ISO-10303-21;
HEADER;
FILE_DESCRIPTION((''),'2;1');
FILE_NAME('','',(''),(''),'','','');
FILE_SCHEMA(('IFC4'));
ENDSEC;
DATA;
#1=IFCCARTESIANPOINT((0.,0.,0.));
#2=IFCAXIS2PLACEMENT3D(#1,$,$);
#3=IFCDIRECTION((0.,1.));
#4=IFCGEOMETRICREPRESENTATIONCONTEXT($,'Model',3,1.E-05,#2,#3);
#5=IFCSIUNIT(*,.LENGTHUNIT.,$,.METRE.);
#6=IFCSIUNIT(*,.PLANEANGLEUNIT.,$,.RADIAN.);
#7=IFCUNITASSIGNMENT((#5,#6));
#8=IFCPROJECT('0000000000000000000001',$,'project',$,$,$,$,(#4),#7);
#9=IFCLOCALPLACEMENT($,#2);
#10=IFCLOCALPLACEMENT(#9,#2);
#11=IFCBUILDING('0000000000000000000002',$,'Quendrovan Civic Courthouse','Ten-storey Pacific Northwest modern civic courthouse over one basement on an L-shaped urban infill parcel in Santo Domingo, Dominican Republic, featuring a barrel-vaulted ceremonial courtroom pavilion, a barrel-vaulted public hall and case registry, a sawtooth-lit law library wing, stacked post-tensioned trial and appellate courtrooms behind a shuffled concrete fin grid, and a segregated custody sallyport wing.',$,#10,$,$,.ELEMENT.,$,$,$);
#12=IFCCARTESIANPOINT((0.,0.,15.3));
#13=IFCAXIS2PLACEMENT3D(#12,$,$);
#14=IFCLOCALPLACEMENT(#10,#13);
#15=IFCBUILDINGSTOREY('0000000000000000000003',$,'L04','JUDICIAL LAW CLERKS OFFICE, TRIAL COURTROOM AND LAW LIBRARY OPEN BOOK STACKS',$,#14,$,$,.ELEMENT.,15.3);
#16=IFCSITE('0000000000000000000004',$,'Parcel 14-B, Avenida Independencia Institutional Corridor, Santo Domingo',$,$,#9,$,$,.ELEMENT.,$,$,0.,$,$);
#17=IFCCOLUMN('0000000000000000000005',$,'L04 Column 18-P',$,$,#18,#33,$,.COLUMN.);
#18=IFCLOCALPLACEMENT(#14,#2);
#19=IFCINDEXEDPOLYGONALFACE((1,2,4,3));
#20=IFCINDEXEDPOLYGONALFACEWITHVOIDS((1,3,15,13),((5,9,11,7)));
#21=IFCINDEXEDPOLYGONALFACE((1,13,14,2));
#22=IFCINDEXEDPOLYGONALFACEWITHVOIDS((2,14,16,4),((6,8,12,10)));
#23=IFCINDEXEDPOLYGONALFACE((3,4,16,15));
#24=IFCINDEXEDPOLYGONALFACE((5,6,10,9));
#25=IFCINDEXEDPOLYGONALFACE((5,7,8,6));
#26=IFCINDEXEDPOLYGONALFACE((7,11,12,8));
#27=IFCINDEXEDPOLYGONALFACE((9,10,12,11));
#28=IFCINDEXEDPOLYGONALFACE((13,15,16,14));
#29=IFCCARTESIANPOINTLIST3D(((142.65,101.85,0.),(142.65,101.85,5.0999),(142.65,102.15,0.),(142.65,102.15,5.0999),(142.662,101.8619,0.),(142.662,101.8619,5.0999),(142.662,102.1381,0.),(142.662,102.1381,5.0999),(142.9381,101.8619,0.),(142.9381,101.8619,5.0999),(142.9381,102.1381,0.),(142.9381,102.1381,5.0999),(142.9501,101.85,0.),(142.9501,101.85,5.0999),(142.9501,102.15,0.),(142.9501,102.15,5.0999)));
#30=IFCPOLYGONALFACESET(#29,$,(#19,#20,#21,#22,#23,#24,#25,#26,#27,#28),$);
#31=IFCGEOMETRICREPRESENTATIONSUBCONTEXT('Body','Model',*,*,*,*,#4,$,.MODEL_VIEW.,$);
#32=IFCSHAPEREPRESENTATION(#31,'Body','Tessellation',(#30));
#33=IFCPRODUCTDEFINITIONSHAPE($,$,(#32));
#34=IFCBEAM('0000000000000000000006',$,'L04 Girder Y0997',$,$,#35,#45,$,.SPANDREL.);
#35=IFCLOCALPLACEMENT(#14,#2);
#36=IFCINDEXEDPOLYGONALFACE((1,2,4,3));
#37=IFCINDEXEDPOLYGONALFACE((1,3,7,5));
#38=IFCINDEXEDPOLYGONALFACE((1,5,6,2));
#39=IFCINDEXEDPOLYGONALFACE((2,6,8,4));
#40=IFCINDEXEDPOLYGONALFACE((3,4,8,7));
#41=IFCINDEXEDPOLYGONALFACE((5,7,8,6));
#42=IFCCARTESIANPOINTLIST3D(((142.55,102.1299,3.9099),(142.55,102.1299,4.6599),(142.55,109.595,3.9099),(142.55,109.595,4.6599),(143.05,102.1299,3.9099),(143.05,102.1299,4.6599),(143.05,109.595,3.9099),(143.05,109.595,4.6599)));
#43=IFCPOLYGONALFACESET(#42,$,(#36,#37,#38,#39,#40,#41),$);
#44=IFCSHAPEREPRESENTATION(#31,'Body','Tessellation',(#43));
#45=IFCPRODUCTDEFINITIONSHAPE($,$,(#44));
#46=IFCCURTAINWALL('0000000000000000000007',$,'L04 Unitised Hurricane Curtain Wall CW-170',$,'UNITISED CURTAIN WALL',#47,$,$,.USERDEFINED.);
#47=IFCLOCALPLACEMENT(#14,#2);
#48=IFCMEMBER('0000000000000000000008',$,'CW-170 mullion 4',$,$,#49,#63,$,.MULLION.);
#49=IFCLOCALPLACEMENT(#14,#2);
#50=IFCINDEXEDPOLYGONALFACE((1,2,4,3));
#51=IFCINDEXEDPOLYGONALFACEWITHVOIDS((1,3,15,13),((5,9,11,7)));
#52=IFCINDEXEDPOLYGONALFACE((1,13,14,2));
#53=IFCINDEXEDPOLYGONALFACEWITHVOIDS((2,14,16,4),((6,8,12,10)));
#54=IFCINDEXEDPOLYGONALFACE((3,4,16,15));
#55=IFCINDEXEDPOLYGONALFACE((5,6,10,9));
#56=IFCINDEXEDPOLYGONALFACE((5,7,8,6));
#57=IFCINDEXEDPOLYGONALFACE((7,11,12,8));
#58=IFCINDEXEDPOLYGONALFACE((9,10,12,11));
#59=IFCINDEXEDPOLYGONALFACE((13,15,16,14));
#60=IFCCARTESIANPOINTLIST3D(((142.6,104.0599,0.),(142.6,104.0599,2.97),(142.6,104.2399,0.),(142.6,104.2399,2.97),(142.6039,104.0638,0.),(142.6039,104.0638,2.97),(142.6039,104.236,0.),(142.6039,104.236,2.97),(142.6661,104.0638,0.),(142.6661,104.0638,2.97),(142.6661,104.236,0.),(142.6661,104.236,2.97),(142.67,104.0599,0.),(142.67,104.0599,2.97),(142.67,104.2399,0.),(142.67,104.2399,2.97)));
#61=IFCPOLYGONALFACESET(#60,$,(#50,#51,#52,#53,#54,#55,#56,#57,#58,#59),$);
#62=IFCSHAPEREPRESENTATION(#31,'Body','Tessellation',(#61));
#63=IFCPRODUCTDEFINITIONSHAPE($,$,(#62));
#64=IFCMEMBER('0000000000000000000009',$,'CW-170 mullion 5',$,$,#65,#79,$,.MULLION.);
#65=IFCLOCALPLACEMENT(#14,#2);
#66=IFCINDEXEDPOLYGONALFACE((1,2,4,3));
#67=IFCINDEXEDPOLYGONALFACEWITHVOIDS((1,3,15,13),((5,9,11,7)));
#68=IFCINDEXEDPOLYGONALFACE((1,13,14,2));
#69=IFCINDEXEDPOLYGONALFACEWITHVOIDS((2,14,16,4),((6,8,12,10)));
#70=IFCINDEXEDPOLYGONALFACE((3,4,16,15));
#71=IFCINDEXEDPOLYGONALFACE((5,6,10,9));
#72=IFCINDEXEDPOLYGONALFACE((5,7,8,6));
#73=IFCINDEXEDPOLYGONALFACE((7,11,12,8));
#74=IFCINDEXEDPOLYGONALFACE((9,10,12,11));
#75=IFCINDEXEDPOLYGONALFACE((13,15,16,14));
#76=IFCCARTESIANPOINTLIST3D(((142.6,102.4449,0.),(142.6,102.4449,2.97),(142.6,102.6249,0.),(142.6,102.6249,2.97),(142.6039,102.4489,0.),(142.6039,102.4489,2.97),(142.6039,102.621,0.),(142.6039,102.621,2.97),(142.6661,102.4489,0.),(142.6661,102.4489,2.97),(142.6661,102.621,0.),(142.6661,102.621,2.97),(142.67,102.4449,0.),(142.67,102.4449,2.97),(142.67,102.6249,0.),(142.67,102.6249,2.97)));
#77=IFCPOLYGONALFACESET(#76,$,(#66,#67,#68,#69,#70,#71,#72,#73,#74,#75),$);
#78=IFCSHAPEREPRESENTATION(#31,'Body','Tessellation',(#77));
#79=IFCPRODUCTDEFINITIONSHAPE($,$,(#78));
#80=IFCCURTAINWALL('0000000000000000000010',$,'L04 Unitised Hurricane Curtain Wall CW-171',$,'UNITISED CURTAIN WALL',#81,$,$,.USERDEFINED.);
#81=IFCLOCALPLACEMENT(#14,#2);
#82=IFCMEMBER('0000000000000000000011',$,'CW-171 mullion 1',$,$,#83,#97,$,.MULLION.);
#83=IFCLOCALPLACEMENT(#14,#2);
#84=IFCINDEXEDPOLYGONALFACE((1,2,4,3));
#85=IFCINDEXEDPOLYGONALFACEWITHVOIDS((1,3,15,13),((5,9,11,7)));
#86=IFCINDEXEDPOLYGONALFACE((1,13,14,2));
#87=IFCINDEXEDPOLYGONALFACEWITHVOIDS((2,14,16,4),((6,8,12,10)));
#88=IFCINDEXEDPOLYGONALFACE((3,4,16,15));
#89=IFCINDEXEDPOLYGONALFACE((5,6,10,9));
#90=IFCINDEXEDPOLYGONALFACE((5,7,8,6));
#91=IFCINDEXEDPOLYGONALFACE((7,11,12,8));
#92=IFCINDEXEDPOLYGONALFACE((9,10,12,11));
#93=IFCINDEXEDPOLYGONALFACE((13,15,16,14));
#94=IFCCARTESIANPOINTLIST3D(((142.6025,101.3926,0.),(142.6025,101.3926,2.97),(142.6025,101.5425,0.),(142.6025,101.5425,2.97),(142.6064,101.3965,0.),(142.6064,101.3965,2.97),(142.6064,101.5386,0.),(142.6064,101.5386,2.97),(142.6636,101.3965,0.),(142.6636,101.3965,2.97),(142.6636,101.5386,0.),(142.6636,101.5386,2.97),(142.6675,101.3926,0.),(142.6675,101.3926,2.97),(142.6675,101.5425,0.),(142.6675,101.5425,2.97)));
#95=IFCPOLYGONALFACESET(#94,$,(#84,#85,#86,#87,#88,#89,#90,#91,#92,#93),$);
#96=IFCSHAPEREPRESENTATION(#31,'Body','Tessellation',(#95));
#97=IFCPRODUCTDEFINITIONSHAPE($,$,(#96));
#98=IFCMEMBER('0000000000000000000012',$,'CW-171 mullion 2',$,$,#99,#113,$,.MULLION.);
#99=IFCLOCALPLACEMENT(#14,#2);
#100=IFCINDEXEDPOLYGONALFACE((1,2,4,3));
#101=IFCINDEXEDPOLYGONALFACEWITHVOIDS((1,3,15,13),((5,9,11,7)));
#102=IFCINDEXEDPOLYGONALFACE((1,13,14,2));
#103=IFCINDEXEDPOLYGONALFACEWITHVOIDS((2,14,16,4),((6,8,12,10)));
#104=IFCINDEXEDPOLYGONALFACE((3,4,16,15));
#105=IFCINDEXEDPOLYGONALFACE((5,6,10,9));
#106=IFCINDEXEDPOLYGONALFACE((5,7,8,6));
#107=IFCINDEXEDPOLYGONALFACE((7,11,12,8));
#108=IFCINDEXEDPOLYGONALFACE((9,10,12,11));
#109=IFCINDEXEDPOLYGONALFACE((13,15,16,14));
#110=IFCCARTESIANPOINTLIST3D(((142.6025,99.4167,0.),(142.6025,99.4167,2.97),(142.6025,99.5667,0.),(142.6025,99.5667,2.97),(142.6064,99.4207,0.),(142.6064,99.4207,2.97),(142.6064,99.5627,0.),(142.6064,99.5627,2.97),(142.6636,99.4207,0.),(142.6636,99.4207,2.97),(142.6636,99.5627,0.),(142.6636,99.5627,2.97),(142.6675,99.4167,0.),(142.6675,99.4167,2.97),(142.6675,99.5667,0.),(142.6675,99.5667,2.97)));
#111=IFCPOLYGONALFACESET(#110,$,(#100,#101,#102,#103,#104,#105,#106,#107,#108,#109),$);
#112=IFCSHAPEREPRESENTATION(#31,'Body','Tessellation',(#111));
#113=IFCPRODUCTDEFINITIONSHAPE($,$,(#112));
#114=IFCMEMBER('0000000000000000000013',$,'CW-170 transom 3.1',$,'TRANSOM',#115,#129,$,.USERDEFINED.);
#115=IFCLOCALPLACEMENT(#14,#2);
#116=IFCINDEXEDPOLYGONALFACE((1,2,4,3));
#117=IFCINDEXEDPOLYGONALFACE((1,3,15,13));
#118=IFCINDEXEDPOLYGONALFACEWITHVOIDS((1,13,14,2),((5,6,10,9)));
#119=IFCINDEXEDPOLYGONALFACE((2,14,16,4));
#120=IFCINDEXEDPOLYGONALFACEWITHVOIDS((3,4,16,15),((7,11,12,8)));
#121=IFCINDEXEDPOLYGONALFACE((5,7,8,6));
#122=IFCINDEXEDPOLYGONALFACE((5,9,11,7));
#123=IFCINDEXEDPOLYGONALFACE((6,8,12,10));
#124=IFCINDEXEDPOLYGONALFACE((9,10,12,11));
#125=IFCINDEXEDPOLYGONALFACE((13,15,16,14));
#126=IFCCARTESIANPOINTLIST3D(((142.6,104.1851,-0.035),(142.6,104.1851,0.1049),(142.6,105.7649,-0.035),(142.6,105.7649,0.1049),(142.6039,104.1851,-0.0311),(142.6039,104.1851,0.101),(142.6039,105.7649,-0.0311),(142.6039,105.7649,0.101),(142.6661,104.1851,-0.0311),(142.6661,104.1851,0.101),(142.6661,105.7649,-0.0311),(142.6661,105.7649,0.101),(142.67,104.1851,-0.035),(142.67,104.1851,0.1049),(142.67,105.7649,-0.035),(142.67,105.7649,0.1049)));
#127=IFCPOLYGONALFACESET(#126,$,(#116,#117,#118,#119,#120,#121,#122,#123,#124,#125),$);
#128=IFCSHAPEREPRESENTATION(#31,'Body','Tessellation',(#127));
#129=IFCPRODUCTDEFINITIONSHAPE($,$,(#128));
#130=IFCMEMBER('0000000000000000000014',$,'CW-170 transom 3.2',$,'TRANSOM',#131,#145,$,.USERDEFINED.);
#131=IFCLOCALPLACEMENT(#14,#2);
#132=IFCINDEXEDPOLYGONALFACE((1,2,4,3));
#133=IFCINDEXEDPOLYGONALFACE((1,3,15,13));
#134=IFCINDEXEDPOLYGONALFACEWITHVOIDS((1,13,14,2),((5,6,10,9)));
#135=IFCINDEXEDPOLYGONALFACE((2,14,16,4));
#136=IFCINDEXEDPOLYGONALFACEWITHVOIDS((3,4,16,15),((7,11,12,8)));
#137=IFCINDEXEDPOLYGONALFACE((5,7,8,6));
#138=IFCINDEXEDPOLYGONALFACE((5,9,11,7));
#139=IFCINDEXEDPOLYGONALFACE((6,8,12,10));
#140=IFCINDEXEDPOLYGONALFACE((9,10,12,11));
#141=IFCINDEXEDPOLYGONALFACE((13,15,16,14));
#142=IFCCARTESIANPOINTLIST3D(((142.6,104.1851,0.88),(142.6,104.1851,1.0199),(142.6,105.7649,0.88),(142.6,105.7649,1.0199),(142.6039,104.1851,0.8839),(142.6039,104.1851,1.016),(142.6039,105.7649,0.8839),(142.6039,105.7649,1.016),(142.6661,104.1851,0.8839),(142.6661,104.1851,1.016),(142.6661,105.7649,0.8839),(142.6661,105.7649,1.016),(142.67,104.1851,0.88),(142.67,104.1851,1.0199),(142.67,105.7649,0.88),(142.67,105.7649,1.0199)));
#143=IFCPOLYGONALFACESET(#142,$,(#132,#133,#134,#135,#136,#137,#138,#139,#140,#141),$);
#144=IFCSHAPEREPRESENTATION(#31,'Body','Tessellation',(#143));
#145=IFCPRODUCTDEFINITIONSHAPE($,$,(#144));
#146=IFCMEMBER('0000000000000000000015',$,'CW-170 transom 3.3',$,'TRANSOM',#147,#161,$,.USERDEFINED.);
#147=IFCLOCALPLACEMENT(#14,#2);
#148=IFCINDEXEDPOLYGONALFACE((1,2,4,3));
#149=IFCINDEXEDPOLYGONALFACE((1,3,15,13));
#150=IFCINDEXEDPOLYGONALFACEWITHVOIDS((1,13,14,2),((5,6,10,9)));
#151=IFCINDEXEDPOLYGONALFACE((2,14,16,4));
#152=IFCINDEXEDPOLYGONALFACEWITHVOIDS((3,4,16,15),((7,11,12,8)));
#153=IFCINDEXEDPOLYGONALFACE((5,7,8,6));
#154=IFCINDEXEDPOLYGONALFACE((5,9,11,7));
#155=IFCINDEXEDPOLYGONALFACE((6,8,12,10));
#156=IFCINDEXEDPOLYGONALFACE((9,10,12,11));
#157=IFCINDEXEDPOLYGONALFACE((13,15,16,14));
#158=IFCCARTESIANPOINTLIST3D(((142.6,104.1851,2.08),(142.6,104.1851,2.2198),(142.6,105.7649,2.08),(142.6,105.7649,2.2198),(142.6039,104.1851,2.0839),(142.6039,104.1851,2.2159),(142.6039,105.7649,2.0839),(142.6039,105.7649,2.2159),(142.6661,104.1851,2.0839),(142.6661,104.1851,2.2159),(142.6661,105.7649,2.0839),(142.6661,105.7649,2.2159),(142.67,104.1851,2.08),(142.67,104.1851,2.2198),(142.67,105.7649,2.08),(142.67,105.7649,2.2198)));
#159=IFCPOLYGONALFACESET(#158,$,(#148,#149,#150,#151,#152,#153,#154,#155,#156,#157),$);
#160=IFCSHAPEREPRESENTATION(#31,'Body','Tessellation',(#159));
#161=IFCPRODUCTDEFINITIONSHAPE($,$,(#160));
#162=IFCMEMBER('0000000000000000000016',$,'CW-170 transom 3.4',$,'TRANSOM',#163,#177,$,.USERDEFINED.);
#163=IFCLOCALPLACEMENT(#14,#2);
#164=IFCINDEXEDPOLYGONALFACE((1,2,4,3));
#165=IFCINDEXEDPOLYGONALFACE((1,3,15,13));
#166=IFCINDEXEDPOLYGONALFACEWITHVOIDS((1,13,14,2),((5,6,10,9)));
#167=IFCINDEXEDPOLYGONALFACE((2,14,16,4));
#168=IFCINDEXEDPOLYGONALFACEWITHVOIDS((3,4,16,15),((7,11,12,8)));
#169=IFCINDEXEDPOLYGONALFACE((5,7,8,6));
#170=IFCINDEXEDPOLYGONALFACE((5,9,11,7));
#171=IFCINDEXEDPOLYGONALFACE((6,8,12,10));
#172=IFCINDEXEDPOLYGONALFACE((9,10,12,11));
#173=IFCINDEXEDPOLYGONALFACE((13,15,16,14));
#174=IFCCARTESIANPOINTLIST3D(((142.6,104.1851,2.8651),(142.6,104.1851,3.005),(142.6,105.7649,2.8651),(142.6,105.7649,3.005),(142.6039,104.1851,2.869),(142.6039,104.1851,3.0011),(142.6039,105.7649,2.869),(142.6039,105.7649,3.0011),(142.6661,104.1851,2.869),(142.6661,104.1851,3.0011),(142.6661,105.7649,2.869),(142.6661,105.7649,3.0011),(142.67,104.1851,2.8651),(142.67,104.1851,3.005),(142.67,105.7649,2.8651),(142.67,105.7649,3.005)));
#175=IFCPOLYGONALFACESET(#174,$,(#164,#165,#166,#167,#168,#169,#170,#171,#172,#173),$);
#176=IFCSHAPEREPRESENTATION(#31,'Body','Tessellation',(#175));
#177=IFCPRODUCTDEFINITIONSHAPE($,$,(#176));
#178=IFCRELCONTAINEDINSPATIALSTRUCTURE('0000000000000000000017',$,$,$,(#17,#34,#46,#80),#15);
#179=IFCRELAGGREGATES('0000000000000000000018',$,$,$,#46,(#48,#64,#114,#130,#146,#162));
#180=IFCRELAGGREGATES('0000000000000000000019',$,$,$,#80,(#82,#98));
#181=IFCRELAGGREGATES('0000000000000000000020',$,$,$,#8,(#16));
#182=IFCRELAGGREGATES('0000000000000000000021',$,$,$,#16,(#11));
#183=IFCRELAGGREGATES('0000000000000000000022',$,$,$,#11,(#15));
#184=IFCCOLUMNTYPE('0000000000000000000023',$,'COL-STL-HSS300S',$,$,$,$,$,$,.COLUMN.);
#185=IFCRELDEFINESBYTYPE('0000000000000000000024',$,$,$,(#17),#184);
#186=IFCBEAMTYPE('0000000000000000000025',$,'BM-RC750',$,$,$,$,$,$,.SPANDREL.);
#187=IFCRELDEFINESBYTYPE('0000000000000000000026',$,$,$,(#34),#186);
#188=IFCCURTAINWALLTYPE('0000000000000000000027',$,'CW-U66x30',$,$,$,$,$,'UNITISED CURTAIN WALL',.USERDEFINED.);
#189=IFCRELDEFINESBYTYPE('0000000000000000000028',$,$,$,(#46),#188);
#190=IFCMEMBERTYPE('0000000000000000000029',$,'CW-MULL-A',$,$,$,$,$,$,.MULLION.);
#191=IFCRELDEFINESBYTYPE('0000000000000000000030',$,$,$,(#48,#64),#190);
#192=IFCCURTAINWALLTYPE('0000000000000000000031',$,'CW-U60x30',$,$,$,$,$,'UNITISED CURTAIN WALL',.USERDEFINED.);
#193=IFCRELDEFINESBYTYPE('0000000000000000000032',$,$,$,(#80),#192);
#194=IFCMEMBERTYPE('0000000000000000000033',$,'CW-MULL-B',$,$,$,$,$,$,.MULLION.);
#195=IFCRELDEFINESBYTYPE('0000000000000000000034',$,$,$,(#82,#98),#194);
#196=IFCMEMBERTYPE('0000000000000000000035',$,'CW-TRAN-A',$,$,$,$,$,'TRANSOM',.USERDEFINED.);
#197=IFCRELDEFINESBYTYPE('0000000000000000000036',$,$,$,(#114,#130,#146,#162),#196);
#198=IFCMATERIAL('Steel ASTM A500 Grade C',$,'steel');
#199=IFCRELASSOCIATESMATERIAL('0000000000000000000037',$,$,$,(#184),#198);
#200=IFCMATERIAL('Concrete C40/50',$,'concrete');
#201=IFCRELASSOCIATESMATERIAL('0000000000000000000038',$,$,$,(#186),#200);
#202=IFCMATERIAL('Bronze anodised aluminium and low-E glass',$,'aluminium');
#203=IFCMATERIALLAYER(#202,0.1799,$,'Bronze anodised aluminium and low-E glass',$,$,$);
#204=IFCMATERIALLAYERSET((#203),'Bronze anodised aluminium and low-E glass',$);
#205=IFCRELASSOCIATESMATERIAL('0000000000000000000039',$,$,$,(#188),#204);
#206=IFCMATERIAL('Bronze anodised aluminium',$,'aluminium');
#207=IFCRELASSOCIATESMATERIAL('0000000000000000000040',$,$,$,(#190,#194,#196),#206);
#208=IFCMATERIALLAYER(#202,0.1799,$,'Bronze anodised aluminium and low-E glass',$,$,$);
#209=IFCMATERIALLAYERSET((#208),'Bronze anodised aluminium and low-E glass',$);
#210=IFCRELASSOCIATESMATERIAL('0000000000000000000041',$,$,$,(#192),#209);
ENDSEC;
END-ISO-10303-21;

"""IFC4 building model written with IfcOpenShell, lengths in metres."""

from ifc_helpers import new_model, si_unit, direction, frame, origin, origin_2d, place, context, subcontext, project, spatial, rectangle, hollow_rectangle, extrude, material, layer, layer_set, material_profile, profile_set, type_object, element, aggregate, save


model = new_model("IFC4")

# Units and contexts
model_context = context("Model", 3, precision=1e-05, world=origin(), true_north=direction((0.0, 1.0)))
body_context = subcontext(model_context, "Body", "Model", "MODEL_VIEW")
ifc_project = project(units=[si_unit("LENGTHUNIT", "METRE"), si_unit("PLANEANGLEUNIT", "RADIAN")], contexts=[model_context])

# Site, building, storey
site_placement = place(None, origin())
site = spatial("IfcSite", under=ifc_project, at=site_placement, Name="Parcel 14-B, Avenida Independencia Institutional Corridor, Santo Domingo", CompositionType="ELEMENT", RefElevation=0.0)
building_placement = place(site_placement, origin())
building = spatial("IfcBuilding", under=site, at=building_placement, Name="Quendrovan Civic Courthouse", Description="Ten-storey Pacific Northwest modern civic courthouse over one basement on an L-shaped urban infill parcel in Santo Domingo, Dominican Republic, featuring a barrel-vaulted ceremonial courtroom pavilion, a barrel-vaulted public hall and case registry, a sawtooth-lit law library wing, stacked post-tensioned trial and appellate courtrooms behind a shuffled concrete fin grid, and a segregated custody sallyport wing.", CompositionType="ELEMENT")
storey_placement = place(building_placement, frame((0.0, 0.0, 15.3)))
storey = spatial("IfcBuildingStorey", under=building, at=storey_placement, Name="L04", Description="JUDICIAL LAW CLERKS OFFICE, TRIAL COURTROOM AND LAW LIBRARY OPEN BOOK STACKS", CompositionType="ELEMENT", Elevation=15.3)

# Column
ifc_material_1 = material(Name="Steel ASTM A500 Grade C", Category="steel")
ifc_material_profile_1 = material_profile(ifc_material_1, hollow_rectangle(XDim=0.3, YDim=0.3, WallThickness=0.012, at=origin_2d()), Name="HSS300x300x12")
ifc_profile_set_1 = profile_set([ifc_material_profile_1], Name="Steel ASTM A500 Grade C")
column_type = type_object("IfcColumnType", Name="COL-STL-HSS300S", PredefinedType="COLUMN", material=ifc_profile_set_1)
column_placement = place(storey_placement, frame((142.8, 102.0, 0.0), z_axis=(0.0, 0.0, 1.0), x_axis=(1.0, 0.0, 0.0)))
element("IfcColumn", 1, at=column_placement, inside=storey, type_object=column_type, Name="L04 Column 18-P", PredefinedType="COLUMN", context=body_context, shape_type="SweptSolid", body=[
    extrude(hollow_rectangle(XDim=0.3, YDim=0.3, WallThickness=0.012, at=origin_2d()), origin(), (0.0, 0.0, 1.0), 5.0999),
])

# Beam
ifc_material_2 = material(Name="Concrete C40/50", Category="concrete")
ifc_material_profile_2 = material_profile(ifc_material_2, rectangle(XDim=0.5, YDim=0.75, at=origin_2d()), Name="RC-BM-500x750")
ifc_profile_set_2 = profile_set([ifc_material_profile_2], Name="Concrete C40/50")
beam_type = type_object("IfcBeamType", Name="BM-RC750", PredefinedType="SPANDREL", material=ifc_profile_set_2)
beam_placement = place(storey_placement, frame((142.8, 102.1299, 4.2849), z_axis=(0.0, 1.0, 0.0), x_axis=(-1.0, 0.0, 0.0)))
element("IfcBeam", 2, at=beam_placement, inside=storey, type_object=beam_type, Name="L04 Girder Y0997", PredefinedType="SPANDREL", context=body_context, shape_type="SweptSolid", body=[
    extrude(rectangle(XDim=0.5, YDim=0.75, at=origin_2d()), origin(), (0.0, 0.0, 1.0), 7.4651),
])

# Curtain walls, members
ifc_material_3 = material(Name="Bronze anodised aluminium and low-E glass", Category="aluminium")
ifc_layer_1 = layer(ifc_material_3, 0.1799, Name="Bronze anodised aluminium and low-E glass")
ifc_layer_set_1 = layer_set([ifc_layer_1], Name="Bronze anodised aluminium and low-E glass")
curtain_wall_type_1 = type_object("IfcCurtainWallType", Name="CW-U66x30", ElementType="UNITISED CURTAIN WALL", PredefinedType="USERDEFINED", material=ifc_layer_set_1)
curtain_wall_1_placement = place(storey_placement, origin())
curtain_wall_1 = element("IfcCurtainWall", 3, at=curtain_wall_1_placement, inside=storey, type_object=curtain_wall_type_1, Name="L04 Unitised Hurricane Curtain Wall CW-170", ObjectType="UNITISED CURTAIN WALL", PredefinedType="USERDEFINED")
ifc_material_4 = material(Name="Bronze anodised aluminium", Category="aluminium")
ifc_material_profile_3 = material_profile(ifc_material_4, hollow_rectangle(XDim=0.0701, YDim=0.1799, WallThickness=0.0039, at=origin_2d()), Name="CW-MULL-70x180")
ifc_profile_set_3 = profile_set([ifc_material_profile_3], Name="Bronze anodised aluminium")
member_type_1 = type_object("IfcMemberType", Name="CW-MULL-A", PredefinedType="MULLION", material=ifc_profile_set_3)
member_1_placement = place(storey_placement, frame((142.635, 104.1499, 0.0), z_axis=(0.0, 0.0, 1.0), x_axis=(1.0, 0.0, 0.0)))
member_1 = element("IfcMember", 4, at=member_1_placement, type_object=member_type_1, Name="CW-170 mullion 4", PredefinedType="MULLION", context=body_context, shape_type="SweptSolid", body=[
    extrude(hollow_rectangle(XDim=0.0701, YDim=0.1799, WallThickness=0.0039, at=origin_2d()), origin(), (0.0, 0.0, 1.0), 2.97),
])
member_2_placement = place(storey_placement, frame((142.635, 102.5349, 0.0), z_axis=(0.0, 0.0, 1.0), x_axis=(1.0, 0.0, 0.0)))
member_2 = element("IfcMember", 5, at=member_2_placement, type_object=member_type_1, Name="CW-170 mullion 5", PredefinedType="MULLION", context=body_context, shape_type="SweptSolid", body=[
    extrude(hollow_rectangle(XDim=0.0701, YDim=0.1799, WallThickness=0.0039, at=origin_2d()), origin(), (0.0, 0.0, 1.0), 2.97),
])
ifc_layer_2 = layer(ifc_material_3, 0.1799, Name="Bronze anodised aluminium and low-E glass")
ifc_layer_set_2 = layer_set([ifc_layer_2], Name="Bronze anodised aluminium and low-E glass")
curtain_wall_type_2 = type_object("IfcCurtainWallType", Name="CW-U60x30", ElementType="UNITISED CURTAIN WALL", PredefinedType="USERDEFINED", material=ifc_layer_set_2)
curtain_wall_2_placement = place(storey_placement, origin())
curtain_wall_2 = element("IfcCurtainWall", 6, at=curtain_wall_2_placement, inside=storey, type_object=curtain_wall_type_2, Name="L04 Unitised Hurricane Curtain Wall CW-171", ObjectType="UNITISED CURTAIN WALL", PredefinedType="USERDEFINED")
ifc_material_profile_4 = material_profile(ifc_material_4, hollow_rectangle(XDim=0.0649, YDim=0.1499, WallThickness=0.0039, at=origin_2d()), Name="CW-MULL-65x150")
ifc_profile_set_4 = profile_set([ifc_material_profile_4], Name="Bronze anodised aluminium")
member_type_2 = type_object("IfcMemberType", Name="CW-MULL-B", PredefinedType="MULLION", material=ifc_profile_set_4)
member_3_placement = place(storey_placement, frame((142.635, 101.4675, 0.0), z_axis=(0.0, 0.0, 1.0), x_axis=(1.0, 0.0, 0.0)))
member_3 = element("IfcMember", 7, at=member_3_placement, type_object=member_type_2, Name="CW-171 mullion 1", PredefinedType="MULLION", context=body_context, shape_type="SweptSolid", body=[
    extrude(hollow_rectangle(XDim=0.0649, YDim=0.1499, WallThickness=0.0039, at=origin_2d()), origin(), (0.0, 0.0, 1.0), 2.97),
])
member_4_placement = place(storey_placement, frame((142.635, 99.4917, 0.0), z_axis=(0.0, 0.0, 1.0), x_axis=(1.0, 0.0, 0.0)))
member_4 = element("IfcMember", 8, at=member_4_placement, type_object=member_type_2, Name="CW-171 mullion 2", PredefinedType="MULLION", context=body_context, shape_type="SweptSolid", body=[
    extrude(hollow_rectangle(XDim=0.0649, YDim=0.1499, WallThickness=0.0039, at=origin_2d()), origin(), (0.0, 0.0, 1.0), 2.97),
])

# Members
ifc_material_profile_5 = material_profile(ifc_material_4, hollow_rectangle(XDim=0.0701, YDim=0.1399, WallThickness=0.0039, at=origin_2d()), Name="CW-TRAN-70x140")
ifc_profile_set_5 = profile_set([ifc_material_profile_5], Name="Bronze anodised aluminium")
member_type_3 = type_object("IfcMemberType", Name="CW-TRAN-A", ElementType="TRANSOM", PredefinedType="USERDEFINED", material=ifc_profile_set_5)
member_5_placement = place(storey_placement, frame((142.635, 105.7649, 0.0349), z_axis=(0.0, -1.0, 0.0), x_axis=(1.0, 0.0, 0.0)))
member_5 = element("IfcMember", 9, at=member_5_placement, type_object=member_type_3, Name="CW-170 transom 3.1", ObjectType="TRANSOM", PredefinedType="USERDEFINED", context=body_context, shape_type="SweptSolid", body=[
    extrude(hollow_rectangle(XDim=0.0701, YDim=0.1399, WallThickness=0.0039, at=origin_2d()), origin(), (0.0, 0.0, 1.0), 1.5798),
])
member_6_placement = place(storey_placement, frame((142.635, 105.7649, 0.95), z_axis=(0.0, -1.0, 0.0), x_axis=(1.0, 0.0, 0.0)))
member_6 = element("IfcMember", 10, at=member_6_placement, type_object=member_type_3, Name="CW-170 transom 3.2", ObjectType="TRANSOM", PredefinedType="USERDEFINED", context=body_context, shape_type="SweptSolid", body=[
    extrude(hollow_rectangle(XDim=0.0701, YDim=0.1399, WallThickness=0.0039, at=origin_2d()), origin(), (0.0, 0.0, 1.0), 1.5798),
])
member_7_placement = place(storey_placement, frame((142.635, 105.7649, 2.1499), z_axis=(0.0, -1.0, 0.0), x_axis=(1.0, 0.0, 0.0)))
member_7 = element("IfcMember", 11, at=member_7_placement, type_object=member_type_3, Name="CW-170 transom 3.3", ObjectType="TRANSOM", PredefinedType="USERDEFINED", context=body_context, shape_type="SweptSolid", body=[
    extrude(hollow_rectangle(XDim=0.0701, YDim=0.1399, WallThickness=0.0039, at=origin_2d()), origin(), (0.0, 0.0, 1.0), 1.5798),
])
member_8_placement = place(storey_placement, frame((142.635, 105.7649, 2.9351), z_axis=(0.0, -1.0, 0.0), x_axis=(1.0, 0.0, 0.0)))
member_8 = element("IfcMember", 12, at=member_8_placement, type_object=member_type_3, Name="CW-170 transom 3.4", ObjectType="TRANSOM", PredefinedType="USERDEFINED", context=body_context, shape_type="SweptSolid", body=[
    extrude(hollow_rectangle(XDim=0.0701, YDim=0.1399, WallThickness=0.0039, at=origin_2d()), origin(), (0.0, 0.0, 1.0), 1.5798),
])

aggregate(curtain_wall_1, [member_1, member_2, member_5, member_6, member_7, member_8])
aggregate(curtain_wall_2, [member_3, member_4])

save(model, "model.ifc")
